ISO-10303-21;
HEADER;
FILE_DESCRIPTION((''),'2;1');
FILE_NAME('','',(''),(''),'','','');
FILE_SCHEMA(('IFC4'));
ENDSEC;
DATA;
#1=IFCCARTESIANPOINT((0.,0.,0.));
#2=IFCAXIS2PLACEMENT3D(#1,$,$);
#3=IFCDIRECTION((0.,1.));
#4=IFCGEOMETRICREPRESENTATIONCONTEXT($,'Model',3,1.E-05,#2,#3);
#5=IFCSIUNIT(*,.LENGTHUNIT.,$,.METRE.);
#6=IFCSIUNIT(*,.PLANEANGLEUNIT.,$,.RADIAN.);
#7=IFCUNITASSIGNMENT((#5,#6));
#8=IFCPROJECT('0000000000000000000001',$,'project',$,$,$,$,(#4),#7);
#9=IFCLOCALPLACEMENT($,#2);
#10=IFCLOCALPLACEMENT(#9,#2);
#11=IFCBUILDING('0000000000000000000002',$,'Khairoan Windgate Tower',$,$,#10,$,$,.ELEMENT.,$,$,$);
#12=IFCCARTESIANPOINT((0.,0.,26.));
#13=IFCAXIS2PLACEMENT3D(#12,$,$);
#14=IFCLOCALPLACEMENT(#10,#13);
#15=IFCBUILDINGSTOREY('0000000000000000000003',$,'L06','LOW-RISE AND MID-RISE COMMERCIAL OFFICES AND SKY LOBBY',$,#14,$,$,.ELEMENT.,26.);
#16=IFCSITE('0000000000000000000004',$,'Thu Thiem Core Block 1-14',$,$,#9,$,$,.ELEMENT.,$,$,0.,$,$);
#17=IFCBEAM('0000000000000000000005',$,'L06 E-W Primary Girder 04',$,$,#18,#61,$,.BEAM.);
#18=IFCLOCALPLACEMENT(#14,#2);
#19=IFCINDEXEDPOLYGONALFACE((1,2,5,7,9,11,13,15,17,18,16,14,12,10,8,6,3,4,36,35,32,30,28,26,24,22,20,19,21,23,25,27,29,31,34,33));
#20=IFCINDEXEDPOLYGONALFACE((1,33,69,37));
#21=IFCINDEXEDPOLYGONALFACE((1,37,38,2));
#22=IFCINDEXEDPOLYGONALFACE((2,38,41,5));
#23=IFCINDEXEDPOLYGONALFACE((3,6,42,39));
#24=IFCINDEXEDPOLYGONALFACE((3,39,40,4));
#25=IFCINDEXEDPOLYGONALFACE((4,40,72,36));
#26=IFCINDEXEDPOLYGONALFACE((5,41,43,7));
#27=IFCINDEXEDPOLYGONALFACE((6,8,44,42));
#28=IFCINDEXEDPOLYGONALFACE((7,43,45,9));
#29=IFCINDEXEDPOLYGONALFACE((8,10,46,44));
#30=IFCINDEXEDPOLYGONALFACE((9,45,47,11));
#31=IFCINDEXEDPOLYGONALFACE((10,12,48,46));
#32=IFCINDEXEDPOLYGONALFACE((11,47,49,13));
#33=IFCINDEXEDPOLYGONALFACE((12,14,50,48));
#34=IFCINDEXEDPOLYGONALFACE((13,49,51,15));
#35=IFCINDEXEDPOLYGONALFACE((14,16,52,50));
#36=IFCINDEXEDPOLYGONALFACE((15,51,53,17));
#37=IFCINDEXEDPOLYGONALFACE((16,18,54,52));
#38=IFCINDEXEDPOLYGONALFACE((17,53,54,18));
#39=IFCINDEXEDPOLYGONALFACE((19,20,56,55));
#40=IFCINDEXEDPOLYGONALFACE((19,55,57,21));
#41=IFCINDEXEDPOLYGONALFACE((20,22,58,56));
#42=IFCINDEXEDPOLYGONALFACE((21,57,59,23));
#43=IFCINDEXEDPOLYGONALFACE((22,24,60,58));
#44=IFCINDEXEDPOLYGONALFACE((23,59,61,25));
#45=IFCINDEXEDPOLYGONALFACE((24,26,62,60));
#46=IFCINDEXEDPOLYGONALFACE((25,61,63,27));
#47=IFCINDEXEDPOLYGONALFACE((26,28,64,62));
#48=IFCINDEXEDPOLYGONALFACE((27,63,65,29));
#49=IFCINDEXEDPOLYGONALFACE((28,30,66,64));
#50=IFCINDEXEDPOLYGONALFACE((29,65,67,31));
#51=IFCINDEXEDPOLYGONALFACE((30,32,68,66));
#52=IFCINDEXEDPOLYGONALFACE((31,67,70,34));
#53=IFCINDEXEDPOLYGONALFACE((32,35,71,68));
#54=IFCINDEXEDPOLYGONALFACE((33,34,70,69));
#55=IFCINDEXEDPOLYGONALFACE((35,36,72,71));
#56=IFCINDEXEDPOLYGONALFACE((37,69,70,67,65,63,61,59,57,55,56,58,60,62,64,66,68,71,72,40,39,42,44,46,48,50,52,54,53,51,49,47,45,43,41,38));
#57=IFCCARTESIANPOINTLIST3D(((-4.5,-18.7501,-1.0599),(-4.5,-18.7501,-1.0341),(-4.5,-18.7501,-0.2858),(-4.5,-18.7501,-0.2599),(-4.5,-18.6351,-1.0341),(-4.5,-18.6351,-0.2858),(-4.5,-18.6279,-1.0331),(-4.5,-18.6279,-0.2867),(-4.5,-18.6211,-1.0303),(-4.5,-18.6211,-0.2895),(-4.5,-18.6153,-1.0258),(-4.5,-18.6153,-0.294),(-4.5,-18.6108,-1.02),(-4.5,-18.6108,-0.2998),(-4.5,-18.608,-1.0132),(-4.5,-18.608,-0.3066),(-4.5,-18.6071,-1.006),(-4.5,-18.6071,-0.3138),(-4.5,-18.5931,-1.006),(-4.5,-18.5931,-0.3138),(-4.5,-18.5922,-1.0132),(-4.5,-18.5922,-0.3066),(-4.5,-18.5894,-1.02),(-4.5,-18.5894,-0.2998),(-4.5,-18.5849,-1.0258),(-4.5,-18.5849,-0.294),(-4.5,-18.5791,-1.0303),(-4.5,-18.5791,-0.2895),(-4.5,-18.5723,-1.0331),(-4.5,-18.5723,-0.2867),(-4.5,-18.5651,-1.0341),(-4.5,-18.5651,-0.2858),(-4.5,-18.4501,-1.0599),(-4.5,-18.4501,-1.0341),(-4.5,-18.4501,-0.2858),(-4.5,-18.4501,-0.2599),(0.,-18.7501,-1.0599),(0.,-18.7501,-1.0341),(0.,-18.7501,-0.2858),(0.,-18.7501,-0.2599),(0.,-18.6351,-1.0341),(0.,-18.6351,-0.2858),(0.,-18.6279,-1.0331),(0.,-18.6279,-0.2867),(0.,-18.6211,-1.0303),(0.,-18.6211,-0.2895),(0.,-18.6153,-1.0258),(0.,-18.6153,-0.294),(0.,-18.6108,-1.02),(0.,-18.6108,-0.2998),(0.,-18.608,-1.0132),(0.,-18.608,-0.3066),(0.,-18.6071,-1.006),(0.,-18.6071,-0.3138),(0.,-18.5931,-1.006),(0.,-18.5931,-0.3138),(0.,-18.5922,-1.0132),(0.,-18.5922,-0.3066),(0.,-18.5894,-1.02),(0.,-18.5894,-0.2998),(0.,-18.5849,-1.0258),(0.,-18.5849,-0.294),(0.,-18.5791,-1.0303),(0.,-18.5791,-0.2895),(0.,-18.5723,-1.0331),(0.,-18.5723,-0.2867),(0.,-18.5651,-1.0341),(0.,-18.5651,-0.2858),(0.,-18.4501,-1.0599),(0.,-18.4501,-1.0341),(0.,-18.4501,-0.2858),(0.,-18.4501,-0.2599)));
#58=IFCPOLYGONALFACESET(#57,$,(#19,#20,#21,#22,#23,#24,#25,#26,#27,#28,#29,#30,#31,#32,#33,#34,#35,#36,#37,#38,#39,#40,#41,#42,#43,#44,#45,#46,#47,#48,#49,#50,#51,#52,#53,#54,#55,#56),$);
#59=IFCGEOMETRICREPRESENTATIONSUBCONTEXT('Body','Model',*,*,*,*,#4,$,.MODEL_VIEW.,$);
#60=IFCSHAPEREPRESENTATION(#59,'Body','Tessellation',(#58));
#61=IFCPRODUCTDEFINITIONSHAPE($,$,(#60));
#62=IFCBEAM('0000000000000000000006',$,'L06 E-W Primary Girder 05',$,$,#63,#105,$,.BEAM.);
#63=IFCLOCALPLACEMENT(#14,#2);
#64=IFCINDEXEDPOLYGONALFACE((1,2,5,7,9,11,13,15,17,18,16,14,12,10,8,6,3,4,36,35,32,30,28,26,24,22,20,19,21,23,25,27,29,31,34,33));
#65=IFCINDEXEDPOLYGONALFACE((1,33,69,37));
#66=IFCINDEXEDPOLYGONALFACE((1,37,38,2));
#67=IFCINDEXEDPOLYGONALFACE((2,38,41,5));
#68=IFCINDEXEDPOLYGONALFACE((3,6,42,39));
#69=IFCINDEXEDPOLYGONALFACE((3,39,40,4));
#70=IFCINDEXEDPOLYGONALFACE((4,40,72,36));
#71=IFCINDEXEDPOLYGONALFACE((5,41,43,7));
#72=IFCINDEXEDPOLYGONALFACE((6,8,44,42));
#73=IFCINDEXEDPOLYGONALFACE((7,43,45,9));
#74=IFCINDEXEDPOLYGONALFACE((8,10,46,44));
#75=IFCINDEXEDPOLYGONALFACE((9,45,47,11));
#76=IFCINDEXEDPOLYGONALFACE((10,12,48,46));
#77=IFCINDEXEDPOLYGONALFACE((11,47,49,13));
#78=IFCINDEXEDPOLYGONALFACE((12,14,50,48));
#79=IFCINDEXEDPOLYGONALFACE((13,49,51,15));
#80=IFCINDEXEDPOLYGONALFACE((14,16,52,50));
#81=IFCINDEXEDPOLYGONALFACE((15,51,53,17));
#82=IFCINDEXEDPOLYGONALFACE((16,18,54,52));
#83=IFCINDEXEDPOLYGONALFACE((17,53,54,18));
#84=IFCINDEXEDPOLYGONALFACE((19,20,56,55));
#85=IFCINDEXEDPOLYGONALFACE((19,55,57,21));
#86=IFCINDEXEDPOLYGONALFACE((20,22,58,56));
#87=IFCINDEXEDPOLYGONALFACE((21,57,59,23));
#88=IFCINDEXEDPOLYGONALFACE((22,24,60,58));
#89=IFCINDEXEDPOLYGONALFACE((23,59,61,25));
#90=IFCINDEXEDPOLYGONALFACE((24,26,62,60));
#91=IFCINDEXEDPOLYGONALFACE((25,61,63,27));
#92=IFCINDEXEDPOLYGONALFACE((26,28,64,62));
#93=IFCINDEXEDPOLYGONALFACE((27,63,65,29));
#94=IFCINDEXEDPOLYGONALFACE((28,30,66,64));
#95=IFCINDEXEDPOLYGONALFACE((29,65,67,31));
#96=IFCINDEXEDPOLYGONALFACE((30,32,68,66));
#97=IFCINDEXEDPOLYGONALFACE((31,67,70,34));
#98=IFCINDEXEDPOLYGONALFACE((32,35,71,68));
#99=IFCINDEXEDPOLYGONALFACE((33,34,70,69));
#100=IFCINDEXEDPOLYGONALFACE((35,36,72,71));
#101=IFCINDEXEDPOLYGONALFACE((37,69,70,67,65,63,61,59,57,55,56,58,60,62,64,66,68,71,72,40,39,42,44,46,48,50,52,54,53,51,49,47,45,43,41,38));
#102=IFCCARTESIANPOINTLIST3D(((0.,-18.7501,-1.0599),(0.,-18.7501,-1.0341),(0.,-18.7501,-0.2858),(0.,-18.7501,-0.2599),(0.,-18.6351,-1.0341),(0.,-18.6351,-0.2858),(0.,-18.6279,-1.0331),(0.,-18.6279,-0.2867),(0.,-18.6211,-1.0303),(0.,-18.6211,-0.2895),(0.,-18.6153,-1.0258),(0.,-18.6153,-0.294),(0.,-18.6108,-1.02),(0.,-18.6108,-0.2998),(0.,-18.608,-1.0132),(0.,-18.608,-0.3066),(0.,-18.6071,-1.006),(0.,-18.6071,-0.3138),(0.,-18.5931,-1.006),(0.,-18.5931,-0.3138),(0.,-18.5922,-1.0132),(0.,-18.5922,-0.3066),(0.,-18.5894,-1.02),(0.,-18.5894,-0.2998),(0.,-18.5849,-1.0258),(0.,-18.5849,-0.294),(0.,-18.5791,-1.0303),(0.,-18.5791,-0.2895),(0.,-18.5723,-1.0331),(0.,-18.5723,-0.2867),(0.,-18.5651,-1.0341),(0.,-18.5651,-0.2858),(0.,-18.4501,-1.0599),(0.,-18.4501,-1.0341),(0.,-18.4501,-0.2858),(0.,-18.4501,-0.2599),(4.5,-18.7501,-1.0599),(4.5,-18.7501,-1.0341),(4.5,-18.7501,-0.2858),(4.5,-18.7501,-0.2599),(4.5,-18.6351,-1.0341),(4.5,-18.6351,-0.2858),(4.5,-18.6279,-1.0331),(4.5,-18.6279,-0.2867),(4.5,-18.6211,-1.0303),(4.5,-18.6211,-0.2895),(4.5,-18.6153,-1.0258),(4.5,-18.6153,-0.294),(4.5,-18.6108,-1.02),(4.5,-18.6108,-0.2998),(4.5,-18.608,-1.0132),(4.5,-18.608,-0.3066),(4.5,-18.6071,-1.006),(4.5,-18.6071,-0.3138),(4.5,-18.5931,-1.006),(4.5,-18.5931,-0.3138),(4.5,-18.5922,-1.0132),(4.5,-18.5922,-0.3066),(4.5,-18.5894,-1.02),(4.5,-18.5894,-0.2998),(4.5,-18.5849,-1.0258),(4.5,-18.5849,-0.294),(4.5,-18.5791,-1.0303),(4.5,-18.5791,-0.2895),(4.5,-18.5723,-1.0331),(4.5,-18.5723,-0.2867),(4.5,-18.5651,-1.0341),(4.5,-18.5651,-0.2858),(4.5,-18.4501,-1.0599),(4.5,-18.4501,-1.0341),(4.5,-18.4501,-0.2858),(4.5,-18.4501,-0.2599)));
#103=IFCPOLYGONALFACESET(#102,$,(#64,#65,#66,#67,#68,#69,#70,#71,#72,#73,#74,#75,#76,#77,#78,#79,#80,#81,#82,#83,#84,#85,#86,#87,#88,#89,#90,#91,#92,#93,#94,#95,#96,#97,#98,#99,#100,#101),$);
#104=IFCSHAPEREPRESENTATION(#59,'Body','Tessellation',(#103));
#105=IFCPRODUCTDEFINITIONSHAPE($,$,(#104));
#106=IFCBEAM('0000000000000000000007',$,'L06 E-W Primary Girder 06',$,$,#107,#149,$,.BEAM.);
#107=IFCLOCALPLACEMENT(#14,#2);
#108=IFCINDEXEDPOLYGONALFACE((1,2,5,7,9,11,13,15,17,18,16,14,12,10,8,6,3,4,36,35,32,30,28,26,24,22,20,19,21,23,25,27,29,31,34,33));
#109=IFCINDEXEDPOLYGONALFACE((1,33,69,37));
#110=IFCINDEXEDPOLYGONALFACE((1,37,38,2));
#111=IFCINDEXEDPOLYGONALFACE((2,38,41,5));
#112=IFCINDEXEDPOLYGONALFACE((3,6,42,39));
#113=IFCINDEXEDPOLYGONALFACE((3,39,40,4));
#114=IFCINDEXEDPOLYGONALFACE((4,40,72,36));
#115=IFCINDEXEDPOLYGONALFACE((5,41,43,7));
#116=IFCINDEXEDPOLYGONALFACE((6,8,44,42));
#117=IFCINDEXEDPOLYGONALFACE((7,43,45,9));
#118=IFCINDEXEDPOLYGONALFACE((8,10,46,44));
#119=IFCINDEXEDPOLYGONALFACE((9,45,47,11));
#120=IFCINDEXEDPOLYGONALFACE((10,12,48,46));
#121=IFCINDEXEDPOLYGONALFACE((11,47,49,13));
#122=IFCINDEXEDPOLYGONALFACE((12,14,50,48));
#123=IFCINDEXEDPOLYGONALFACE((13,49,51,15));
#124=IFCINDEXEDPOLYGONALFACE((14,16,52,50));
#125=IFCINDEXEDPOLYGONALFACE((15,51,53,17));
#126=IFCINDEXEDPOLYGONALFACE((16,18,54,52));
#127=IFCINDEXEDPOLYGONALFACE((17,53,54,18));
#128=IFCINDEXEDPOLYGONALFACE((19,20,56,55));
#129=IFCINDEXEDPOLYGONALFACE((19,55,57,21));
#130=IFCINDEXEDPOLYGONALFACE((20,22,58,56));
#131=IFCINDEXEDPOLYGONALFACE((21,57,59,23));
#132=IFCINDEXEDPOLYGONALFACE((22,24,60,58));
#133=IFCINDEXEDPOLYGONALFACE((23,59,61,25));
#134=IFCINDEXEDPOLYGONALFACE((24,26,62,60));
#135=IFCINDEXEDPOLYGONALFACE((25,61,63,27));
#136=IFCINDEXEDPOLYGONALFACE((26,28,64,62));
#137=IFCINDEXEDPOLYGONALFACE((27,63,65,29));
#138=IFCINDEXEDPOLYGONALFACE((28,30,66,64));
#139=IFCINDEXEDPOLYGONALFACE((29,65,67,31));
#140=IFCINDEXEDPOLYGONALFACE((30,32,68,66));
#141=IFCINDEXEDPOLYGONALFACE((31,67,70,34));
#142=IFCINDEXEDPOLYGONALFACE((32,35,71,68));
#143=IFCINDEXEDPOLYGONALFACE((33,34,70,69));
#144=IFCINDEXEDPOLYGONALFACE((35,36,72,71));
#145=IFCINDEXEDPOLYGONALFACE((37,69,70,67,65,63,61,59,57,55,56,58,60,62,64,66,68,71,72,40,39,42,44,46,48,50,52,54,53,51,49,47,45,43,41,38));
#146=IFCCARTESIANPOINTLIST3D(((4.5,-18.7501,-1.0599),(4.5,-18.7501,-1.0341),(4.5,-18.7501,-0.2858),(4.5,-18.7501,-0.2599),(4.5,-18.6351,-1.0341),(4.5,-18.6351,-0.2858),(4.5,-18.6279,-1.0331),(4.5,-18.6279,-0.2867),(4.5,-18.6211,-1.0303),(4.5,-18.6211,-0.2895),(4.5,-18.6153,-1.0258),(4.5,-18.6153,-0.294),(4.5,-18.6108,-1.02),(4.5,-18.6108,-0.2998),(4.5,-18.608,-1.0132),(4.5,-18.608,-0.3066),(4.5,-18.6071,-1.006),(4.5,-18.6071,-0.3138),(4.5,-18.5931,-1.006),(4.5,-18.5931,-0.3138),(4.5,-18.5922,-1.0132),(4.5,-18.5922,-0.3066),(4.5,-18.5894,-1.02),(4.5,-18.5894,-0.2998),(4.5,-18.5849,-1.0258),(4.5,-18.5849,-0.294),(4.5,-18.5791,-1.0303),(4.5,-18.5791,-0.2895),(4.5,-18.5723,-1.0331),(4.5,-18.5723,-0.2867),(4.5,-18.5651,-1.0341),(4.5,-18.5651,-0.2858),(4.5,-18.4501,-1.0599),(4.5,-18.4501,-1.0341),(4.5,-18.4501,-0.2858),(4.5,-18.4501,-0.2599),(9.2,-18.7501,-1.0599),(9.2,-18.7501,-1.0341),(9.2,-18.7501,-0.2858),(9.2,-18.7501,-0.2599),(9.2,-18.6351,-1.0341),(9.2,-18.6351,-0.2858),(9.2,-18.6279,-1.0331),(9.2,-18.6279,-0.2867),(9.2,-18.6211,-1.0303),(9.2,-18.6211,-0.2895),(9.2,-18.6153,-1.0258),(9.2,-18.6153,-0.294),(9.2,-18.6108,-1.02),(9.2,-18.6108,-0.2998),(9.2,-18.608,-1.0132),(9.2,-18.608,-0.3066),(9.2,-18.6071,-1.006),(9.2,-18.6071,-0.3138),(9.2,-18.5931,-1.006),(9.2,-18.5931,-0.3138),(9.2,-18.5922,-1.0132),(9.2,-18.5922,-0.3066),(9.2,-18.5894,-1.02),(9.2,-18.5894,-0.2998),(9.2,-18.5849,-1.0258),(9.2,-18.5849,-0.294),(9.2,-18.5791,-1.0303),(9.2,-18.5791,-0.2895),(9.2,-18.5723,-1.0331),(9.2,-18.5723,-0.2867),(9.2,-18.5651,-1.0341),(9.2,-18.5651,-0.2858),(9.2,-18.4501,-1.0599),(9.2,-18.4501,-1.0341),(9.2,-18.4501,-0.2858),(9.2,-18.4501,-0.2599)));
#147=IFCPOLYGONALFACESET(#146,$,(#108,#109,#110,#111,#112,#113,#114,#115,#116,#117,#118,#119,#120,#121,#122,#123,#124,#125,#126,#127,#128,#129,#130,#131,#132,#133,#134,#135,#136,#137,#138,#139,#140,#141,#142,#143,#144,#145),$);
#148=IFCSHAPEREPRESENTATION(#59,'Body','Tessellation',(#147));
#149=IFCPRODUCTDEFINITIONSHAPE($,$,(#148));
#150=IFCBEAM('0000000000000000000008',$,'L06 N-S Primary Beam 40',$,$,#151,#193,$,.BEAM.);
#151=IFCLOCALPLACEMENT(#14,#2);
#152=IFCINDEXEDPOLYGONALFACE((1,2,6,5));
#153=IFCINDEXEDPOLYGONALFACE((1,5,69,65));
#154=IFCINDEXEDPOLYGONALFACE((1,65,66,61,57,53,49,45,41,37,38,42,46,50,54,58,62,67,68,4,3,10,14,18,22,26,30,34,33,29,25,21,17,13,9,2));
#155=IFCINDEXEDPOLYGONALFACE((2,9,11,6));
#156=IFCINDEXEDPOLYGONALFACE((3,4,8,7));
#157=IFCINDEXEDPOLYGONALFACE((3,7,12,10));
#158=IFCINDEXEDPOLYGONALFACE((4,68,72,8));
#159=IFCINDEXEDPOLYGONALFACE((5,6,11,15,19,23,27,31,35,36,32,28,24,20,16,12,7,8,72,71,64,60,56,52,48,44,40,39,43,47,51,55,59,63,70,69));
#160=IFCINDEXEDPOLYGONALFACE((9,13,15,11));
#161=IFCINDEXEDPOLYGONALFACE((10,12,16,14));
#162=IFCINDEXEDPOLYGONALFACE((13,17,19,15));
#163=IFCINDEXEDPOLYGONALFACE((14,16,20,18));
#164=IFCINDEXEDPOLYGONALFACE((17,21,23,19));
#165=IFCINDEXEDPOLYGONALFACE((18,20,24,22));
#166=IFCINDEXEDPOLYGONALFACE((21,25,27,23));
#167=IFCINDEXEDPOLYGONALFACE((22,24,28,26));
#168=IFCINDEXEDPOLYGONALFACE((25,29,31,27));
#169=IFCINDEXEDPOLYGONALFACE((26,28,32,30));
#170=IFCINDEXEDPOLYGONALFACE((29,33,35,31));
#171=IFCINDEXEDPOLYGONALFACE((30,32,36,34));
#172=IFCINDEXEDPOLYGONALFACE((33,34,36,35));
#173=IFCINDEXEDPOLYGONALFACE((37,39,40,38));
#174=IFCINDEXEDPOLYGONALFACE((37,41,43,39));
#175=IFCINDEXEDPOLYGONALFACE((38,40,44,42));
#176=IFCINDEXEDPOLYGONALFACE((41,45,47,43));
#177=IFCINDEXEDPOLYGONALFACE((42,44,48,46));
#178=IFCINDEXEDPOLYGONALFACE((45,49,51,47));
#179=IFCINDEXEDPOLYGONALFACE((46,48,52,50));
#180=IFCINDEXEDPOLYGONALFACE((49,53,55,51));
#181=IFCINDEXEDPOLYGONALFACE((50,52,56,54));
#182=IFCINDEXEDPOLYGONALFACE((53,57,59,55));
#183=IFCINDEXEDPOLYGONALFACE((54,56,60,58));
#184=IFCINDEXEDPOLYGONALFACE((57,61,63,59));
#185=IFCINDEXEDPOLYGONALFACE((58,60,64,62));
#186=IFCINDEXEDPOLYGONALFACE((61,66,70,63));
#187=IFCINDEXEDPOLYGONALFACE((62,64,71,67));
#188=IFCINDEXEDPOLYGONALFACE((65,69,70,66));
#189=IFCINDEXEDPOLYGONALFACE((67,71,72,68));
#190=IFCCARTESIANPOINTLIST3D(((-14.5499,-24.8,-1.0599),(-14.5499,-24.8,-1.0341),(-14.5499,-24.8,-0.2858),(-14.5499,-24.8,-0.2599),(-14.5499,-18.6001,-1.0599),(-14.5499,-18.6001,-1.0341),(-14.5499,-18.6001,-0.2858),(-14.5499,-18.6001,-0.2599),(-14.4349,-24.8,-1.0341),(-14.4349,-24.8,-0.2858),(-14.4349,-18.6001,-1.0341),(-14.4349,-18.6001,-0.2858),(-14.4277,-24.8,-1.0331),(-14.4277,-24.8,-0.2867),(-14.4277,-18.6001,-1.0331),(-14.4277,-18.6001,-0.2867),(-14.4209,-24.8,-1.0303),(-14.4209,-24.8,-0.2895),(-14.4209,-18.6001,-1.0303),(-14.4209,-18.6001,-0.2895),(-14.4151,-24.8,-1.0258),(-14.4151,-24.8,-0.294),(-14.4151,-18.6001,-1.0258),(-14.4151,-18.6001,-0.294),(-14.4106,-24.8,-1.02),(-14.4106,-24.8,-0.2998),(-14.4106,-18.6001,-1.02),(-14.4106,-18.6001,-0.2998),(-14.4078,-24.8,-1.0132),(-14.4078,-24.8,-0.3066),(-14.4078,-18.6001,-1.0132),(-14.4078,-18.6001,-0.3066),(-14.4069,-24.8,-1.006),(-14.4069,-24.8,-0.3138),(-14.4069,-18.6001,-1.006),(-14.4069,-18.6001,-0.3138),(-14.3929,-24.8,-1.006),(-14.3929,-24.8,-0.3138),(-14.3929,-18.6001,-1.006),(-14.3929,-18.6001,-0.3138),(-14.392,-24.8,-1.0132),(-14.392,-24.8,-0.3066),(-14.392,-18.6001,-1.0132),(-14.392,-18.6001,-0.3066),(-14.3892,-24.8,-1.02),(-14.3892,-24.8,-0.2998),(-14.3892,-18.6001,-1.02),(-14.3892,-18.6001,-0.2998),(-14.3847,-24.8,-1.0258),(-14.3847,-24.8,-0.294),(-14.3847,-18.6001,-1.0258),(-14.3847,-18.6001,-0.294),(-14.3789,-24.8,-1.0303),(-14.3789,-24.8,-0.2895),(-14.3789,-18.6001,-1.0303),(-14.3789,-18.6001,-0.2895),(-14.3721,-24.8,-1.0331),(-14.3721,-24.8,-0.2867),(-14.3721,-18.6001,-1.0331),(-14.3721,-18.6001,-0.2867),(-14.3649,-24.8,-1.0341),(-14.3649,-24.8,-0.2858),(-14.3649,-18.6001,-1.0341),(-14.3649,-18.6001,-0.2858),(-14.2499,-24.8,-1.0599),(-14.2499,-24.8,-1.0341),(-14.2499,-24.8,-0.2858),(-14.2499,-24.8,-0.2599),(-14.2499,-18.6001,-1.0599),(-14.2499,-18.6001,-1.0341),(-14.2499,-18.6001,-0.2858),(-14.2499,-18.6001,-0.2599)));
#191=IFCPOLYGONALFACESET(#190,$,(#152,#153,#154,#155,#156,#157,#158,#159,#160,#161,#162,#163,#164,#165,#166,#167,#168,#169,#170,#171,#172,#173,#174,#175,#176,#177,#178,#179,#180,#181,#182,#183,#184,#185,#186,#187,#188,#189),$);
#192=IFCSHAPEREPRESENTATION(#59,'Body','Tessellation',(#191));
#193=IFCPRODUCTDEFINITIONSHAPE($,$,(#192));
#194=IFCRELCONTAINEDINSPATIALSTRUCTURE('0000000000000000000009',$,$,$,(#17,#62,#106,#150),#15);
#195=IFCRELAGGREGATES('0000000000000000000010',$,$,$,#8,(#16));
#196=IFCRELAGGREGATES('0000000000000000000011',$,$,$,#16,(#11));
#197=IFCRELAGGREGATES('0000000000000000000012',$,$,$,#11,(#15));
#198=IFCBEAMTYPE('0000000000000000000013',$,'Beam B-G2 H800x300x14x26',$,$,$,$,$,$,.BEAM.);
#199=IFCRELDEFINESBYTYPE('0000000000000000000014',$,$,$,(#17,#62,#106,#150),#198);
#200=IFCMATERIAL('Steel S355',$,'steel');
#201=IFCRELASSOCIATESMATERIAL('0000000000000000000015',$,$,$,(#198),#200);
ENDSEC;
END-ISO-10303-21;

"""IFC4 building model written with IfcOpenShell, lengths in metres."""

from ifc_helpers import new_model, si_unit, direction, frame, origin, origin_2d, place, context, subcontext, project, spatial, i_section, extrude, material, material_profile, profile_set, type_object, element, save


model = new_model("IFC4")

# Units and contexts
model_context = context("Model", 3, precision=1e-05, world=origin(), true_north=direction((0.0, 1.0)))
body_context = subcontext(model_context, "Body", "Model", "MODEL_VIEW")
ifc_project = project(units=[si_unit("LENGTHUNIT", "METRE"), si_unit("PLANEANGLEUNIT", "RADIAN")], contexts=[model_context])

# Site, building, storey
site_placement = place(None, origin())
site = spatial("IfcSite", under=ifc_project, at=site_placement, Name="Thu Thiem Core Block 1-14", CompositionType="ELEMENT", RefElevation=0.0)
building_placement = place(site_placement, origin())
building = spatial("IfcBuilding", under=site, at=building_placement, Name="Khairoan Windgate Tower", CompositionType="ELEMENT")
storey_placement = place(building_placement, frame((0.0, 0.0, 26.0)))
storey = spatial("IfcBuildingStorey", under=building, at=storey_placement, Name="L06", Description="LOW-RISE AND MID-RISE COMMERCIAL OFFICES AND SKY LOBBY", CompositionType="ELEMENT", Elevation=26.0)

# Beams
ifc_material_1 = material(Name="Steel S355", Category="steel")
ifc_material_profile_1 = material_profile(ifc_material_1, i_section(OverallWidth=0.3, OverallDepth=0.8, WebThickness=0.0139, FlangeThickness=0.0259, FilletRadius=0.0281, at=origin_2d()))
ifc_profile_set_1 = profile_set([ifc_material_profile_1], Name="Steel S355")
beam_type_1 = type_object("IfcBeamType", Name="Beam B-G2 H800x300x14x26", PredefinedType="BEAM", material=ifc_profile_set_1)
for number, where, z_axis, x_axis, name in (
    (1, (-4.5, -18.6001, -0.6599), (1.0, 0.0, 0.0), (0.0, 1.0, 0.0), "L06 E-W Primary Girder 04"),
    (2, (0.0, -18.6001, -0.6599), (1.0, 0.0, 0.0), (0.0, 1.0, 0.0), "L06 E-W Primary Girder 05"),
):
    element("IfcBeam", number, at=place(storey_placement, frame(where, z_axis=z_axis, x_axis=x_axis)), inside=storey, type_object=beam_type_1, Name=name, PredefinedType="BEAM", context=body_context, shape_type="SweptSolid", body=[
        extrude(i_section(OverallWidth=0.3, OverallDepth=0.8, WebThickness=0.0139, FlangeThickness=0.0259, FilletRadius=0.0281, at=origin_2d()), origin(), (0.0, 0.0, 1.0), 4.5),
    ])
beam_1_placement = place(storey_placement, frame((4.5, -18.6001, -0.6599), z_axis=(1.0, 0.0, 0.0), x_axis=(0.0, 1.0, 0.0)))
element("IfcBeam", 3, at=beam_1_placement, inside=storey, type_object=beam_type_1, Name="L06 E-W Primary Girder 06", PredefinedType="BEAM", context=body_context, shape_type="SweptSolid", body=[
    extrude(i_section(OverallWidth=0.3, OverallDepth=0.8, WebThickness=0.0139, FlangeThickness=0.0259, FilletRadius=0.0281, at=origin_2d()), origin(), (0.0, 0.0, 1.0), 4.7),
])
beam_2_placement = place(storey_placement, frame((-14.3999, -24.8, -0.6599), z_axis=(0.0, 1.0, 0.0), x_axis=(-1.0, 0.0, 0.0)))
element("IfcBeam", 4, at=beam_2_placement, inside=storey, type_object=beam_type_1, Name="L06 N-S Primary Beam 40", PredefinedType="BEAM", context=body_context, shape_type="SweptSolid", body=[
    extrude(i_section(OverallWidth=0.3, OverallDepth=0.8, WebThickness=0.0139, FlangeThickness=0.0259, FilletRadius=0.0281, at=origin_2d()), origin(), (0.0, 0.0, 1.0), 6.2),
])

save(model, "model.ifc")
